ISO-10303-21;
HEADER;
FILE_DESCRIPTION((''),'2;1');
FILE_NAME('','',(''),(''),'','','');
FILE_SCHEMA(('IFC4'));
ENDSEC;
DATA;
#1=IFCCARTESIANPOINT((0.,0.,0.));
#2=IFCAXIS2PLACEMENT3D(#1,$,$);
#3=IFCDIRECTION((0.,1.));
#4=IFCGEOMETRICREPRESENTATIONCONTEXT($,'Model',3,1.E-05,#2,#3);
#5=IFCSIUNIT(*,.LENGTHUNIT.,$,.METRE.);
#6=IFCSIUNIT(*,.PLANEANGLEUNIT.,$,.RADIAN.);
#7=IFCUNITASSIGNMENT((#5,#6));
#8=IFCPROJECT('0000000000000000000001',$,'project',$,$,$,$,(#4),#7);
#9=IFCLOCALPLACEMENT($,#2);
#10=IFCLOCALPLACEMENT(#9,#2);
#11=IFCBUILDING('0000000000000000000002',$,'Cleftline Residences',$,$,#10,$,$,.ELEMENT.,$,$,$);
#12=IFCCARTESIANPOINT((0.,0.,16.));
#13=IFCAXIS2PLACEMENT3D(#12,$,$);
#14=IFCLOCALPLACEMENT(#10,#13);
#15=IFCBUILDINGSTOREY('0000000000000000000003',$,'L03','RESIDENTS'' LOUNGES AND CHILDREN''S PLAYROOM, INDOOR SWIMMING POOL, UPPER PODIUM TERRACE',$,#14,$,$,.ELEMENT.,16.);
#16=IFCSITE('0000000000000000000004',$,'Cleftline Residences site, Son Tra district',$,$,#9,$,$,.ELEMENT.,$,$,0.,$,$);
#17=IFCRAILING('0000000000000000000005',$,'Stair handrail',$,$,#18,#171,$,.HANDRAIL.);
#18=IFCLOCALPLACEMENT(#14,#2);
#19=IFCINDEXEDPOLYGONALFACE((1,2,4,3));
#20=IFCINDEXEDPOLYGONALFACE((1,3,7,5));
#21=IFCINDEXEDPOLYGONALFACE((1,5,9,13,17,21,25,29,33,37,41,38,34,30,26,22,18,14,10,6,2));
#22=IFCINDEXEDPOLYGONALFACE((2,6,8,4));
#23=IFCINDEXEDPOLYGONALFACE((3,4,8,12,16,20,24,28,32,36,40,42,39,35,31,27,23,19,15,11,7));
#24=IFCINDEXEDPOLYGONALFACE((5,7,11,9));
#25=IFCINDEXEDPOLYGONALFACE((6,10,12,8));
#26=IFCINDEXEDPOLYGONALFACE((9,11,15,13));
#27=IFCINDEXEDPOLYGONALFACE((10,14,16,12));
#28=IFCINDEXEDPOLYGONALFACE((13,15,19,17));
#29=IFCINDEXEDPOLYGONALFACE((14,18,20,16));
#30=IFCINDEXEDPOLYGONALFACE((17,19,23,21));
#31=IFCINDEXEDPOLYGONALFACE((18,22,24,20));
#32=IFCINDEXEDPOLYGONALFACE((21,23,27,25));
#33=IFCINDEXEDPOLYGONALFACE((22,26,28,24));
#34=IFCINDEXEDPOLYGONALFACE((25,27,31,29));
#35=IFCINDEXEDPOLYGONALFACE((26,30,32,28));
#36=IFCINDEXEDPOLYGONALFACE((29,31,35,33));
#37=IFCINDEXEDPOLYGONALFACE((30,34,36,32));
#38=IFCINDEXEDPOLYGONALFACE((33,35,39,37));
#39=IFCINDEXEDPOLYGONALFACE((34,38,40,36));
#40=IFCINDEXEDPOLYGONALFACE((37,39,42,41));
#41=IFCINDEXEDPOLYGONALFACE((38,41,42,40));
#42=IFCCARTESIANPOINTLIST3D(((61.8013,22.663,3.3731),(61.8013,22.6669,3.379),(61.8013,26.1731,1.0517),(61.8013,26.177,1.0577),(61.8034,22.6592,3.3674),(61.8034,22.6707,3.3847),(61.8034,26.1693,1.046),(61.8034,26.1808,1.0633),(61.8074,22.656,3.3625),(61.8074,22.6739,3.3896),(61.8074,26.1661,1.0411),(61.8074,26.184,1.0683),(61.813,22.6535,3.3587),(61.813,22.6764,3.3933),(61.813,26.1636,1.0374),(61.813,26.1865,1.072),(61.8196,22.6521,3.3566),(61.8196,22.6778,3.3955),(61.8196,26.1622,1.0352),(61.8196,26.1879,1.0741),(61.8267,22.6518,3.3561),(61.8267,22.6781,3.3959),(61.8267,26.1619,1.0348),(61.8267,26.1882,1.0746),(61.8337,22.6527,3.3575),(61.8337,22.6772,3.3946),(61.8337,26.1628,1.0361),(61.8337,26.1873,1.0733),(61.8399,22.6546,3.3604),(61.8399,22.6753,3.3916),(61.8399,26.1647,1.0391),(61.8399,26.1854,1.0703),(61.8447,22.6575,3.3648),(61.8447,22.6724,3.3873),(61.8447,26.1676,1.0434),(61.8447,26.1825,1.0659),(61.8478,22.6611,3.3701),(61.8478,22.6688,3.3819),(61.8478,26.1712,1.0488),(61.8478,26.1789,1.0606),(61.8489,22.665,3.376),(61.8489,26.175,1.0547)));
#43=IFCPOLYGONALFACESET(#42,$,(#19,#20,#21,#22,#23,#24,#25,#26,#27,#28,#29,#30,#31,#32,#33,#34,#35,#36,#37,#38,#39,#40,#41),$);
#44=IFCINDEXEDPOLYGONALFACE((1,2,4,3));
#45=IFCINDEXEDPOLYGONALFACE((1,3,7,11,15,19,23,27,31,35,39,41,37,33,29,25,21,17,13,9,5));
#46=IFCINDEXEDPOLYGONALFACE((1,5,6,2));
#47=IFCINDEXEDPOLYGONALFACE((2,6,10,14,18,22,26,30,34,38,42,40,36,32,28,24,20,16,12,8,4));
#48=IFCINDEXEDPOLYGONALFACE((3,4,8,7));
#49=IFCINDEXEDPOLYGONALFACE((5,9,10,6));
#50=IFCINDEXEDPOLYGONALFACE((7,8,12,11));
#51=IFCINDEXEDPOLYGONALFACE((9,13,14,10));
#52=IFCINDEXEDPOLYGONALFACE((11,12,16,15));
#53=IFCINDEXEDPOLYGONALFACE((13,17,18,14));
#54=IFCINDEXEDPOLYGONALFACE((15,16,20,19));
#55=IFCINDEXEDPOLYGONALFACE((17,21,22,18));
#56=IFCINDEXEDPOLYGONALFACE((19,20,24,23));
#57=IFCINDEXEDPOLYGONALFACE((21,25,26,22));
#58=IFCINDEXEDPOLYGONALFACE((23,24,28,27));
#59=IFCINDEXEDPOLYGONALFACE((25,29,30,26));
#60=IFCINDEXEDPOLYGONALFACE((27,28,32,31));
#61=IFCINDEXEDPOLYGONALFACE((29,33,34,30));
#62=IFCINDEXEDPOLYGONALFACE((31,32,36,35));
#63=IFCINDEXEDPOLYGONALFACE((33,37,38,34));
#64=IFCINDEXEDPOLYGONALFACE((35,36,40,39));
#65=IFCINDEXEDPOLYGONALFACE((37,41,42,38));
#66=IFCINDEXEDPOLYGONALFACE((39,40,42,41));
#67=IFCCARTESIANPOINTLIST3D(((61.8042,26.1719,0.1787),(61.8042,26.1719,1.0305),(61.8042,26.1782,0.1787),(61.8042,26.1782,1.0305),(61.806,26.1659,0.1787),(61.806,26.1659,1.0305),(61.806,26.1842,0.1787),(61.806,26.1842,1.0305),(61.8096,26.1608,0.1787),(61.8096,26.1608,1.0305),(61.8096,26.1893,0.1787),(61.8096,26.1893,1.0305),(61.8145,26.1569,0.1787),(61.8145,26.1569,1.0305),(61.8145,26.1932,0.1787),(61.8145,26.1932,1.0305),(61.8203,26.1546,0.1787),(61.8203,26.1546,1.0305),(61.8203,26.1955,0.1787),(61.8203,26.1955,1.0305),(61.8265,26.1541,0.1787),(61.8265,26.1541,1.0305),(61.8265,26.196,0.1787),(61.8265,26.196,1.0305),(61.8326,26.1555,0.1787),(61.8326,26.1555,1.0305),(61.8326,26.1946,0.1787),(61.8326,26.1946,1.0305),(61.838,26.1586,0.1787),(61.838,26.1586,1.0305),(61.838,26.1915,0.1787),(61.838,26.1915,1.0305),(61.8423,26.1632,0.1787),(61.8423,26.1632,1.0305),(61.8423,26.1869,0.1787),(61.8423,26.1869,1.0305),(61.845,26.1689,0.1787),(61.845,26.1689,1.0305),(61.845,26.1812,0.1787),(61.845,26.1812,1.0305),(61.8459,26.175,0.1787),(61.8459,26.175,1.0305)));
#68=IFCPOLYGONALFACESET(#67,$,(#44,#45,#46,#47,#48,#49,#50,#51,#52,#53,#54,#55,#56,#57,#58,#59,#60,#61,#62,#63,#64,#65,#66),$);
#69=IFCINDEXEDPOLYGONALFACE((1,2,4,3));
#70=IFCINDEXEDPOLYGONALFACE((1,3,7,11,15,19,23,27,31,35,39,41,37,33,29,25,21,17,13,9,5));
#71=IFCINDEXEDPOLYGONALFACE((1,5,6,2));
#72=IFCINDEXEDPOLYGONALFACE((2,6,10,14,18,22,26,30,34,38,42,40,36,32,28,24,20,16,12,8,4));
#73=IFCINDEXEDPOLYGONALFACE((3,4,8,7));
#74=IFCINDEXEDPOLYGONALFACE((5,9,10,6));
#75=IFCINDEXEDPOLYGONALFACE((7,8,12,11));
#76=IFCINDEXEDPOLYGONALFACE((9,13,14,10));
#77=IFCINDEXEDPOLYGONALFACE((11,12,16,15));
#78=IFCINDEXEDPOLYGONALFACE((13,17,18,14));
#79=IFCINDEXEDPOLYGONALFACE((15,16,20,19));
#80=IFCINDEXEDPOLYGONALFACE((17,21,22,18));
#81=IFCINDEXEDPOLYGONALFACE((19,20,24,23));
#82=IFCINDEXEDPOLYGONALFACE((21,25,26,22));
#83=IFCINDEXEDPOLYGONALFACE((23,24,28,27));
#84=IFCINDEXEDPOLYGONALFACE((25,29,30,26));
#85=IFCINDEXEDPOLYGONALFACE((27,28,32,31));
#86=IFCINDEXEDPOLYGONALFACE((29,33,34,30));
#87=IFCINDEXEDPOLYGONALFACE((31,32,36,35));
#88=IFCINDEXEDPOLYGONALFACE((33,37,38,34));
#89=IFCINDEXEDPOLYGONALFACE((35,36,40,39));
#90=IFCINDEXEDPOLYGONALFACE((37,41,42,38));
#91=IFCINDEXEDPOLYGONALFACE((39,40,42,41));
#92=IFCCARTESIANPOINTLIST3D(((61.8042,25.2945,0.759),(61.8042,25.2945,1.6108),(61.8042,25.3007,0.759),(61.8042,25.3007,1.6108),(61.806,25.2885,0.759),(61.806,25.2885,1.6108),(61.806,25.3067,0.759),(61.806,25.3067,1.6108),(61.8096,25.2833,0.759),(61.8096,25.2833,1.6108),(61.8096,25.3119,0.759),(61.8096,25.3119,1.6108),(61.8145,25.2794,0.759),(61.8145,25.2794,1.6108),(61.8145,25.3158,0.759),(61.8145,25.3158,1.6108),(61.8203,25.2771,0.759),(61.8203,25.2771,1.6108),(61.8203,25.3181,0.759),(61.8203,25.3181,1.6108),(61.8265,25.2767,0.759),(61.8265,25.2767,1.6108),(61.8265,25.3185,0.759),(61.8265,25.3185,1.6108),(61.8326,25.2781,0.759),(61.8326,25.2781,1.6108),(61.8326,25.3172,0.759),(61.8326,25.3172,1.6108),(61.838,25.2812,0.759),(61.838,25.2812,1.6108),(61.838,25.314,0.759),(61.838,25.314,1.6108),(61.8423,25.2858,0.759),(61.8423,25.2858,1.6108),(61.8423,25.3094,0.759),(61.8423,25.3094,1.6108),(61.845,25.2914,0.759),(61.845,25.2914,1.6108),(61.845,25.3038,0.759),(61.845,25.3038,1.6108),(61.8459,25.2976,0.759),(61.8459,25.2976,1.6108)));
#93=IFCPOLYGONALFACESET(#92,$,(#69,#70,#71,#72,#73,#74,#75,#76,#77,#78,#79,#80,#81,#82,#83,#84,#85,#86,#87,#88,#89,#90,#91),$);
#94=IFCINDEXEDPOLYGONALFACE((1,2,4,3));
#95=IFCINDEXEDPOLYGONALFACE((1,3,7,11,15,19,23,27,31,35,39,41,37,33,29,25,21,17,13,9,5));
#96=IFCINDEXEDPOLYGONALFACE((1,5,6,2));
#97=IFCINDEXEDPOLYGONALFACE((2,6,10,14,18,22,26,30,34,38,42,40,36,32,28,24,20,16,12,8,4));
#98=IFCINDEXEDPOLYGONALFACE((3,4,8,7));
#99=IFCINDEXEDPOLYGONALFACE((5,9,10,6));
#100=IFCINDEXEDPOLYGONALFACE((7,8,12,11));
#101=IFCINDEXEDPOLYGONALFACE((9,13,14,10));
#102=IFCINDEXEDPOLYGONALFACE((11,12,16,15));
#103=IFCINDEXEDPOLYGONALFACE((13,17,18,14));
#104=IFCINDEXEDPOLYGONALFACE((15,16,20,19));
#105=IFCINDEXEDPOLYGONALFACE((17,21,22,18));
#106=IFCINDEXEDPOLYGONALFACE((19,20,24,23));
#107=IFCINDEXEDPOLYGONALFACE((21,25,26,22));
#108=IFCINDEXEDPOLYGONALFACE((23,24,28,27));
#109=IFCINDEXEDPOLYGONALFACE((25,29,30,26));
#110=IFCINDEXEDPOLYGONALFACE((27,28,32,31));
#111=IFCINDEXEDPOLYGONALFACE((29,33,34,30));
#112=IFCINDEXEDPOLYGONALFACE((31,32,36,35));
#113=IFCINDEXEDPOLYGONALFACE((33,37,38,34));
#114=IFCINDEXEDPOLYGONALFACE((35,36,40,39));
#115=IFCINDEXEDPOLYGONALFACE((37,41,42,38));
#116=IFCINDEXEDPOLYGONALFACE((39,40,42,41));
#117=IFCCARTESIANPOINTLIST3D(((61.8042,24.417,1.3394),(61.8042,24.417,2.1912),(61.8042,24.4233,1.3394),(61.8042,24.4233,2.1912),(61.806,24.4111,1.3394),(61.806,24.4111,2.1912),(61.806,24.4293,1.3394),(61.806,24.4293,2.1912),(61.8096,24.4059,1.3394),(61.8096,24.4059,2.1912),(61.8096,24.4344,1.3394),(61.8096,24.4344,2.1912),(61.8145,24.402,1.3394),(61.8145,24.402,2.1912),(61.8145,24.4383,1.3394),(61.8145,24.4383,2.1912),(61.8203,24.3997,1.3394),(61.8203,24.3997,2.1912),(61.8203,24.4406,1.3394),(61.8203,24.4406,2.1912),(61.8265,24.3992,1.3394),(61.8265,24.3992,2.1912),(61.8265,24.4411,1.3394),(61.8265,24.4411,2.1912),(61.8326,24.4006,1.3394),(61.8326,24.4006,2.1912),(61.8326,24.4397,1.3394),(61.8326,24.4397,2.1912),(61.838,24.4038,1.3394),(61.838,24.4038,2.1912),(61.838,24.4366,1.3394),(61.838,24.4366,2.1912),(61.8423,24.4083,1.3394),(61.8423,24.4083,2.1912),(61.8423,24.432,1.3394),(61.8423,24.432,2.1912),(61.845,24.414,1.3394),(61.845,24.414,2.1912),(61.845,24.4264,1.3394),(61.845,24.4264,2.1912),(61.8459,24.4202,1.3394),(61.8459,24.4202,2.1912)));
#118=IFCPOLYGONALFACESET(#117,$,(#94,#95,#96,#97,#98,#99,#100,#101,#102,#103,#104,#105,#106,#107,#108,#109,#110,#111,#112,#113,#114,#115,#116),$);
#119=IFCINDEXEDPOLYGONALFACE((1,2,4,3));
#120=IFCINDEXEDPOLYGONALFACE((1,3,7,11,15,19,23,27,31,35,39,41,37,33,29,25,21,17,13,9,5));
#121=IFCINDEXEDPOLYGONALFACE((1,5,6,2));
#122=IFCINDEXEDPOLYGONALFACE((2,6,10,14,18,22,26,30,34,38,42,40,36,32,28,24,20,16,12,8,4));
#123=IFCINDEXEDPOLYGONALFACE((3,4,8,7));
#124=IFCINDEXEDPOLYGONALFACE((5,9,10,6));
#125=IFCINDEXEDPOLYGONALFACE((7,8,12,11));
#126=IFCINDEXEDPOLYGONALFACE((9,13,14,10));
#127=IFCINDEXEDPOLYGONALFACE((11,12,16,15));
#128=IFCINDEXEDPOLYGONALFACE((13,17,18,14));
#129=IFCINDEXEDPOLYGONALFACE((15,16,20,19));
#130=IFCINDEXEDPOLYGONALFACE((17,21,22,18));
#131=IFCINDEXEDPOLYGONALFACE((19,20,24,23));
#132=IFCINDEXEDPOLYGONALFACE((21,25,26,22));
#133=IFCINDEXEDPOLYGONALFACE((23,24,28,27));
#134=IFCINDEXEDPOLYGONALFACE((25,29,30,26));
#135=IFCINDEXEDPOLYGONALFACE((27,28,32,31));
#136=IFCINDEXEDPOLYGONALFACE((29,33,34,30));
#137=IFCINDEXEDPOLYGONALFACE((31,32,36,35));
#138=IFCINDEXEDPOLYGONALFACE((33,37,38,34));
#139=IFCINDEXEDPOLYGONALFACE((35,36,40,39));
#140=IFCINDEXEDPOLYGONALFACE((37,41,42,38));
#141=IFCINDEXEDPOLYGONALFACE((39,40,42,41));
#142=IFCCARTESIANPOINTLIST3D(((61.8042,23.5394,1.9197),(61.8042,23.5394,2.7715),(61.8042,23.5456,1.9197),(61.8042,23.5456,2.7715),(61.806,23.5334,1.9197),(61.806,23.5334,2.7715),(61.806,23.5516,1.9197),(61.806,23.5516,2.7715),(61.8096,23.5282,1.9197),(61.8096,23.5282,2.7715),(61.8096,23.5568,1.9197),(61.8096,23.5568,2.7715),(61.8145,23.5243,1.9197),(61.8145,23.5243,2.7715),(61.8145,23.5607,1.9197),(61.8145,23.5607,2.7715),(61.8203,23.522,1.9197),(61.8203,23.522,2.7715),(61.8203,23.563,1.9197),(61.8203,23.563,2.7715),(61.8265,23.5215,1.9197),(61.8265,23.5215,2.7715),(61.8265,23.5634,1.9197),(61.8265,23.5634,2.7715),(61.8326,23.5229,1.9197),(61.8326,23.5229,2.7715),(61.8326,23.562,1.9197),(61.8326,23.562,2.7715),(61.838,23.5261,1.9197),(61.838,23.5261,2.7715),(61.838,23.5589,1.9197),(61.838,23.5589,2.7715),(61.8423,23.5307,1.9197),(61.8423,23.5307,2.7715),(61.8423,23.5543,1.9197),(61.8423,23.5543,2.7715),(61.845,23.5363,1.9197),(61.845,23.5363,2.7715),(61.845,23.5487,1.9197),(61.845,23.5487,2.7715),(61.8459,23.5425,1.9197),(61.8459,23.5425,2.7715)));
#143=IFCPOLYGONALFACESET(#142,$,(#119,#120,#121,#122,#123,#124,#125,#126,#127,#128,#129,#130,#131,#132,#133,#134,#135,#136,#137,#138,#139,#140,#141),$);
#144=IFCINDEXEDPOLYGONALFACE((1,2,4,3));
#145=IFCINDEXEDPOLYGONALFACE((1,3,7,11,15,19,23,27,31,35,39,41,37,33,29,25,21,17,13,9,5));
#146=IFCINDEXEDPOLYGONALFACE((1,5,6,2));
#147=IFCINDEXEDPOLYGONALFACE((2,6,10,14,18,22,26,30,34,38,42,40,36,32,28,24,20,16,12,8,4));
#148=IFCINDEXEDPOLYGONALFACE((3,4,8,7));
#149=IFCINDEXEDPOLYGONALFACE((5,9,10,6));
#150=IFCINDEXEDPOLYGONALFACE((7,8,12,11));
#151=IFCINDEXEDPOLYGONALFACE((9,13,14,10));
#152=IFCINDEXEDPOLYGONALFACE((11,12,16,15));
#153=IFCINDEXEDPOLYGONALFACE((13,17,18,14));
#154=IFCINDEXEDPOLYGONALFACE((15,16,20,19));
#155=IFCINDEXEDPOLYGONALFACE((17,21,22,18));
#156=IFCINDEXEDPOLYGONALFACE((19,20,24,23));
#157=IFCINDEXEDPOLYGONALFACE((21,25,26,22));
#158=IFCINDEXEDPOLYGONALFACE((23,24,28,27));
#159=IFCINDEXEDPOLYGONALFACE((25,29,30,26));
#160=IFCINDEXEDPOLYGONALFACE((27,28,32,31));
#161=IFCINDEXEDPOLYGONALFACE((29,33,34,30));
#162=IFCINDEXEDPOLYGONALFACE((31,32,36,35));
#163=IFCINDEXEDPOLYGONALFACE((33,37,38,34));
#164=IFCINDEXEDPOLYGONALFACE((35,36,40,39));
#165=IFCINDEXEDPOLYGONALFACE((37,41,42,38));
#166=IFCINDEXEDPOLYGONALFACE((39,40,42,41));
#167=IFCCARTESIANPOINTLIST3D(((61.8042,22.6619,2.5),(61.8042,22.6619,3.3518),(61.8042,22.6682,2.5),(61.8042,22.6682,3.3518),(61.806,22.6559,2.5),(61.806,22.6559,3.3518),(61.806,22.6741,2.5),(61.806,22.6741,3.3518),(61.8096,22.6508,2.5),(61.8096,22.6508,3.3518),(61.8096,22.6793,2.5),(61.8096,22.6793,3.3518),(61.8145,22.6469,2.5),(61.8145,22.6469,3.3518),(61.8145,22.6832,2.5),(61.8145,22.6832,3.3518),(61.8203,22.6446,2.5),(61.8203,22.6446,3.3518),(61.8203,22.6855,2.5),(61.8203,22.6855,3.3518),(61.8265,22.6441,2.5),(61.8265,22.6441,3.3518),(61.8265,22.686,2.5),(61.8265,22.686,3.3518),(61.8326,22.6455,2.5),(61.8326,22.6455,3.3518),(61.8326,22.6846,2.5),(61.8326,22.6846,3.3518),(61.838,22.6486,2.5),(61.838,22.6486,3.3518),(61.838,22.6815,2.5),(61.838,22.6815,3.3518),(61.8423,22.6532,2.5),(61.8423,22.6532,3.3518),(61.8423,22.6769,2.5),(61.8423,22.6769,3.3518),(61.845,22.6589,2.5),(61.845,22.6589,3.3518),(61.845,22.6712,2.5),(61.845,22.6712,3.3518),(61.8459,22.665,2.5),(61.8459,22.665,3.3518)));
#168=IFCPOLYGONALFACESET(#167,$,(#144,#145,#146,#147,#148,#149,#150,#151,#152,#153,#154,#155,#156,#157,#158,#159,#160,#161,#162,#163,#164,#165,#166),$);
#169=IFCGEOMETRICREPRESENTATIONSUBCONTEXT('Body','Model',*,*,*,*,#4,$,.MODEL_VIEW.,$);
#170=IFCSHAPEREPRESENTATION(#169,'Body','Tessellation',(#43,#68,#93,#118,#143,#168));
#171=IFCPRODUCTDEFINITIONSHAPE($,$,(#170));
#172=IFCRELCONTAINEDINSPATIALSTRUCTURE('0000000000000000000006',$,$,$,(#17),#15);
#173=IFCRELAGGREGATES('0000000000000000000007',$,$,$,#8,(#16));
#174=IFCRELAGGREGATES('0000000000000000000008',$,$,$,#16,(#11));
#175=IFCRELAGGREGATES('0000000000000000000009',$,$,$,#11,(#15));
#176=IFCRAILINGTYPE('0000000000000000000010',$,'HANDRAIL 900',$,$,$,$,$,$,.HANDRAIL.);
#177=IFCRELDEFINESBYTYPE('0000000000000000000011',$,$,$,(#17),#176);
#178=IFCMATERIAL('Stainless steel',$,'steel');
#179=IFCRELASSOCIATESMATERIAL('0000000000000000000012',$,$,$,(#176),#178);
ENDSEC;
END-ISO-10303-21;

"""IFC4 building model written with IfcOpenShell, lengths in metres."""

from ifc_helpers import new_model, si_unit, direction, frame, origin, origin_2d, place, context, subcontext, project, spatial, circle, extrude, material, type_object, element, save


model = new_model("IFC4")

# Units and contexts
model_context = context("Model", 3, precision=1e-05, world=origin(), true_north=direction((0.0, 1.0)))
body_context = subcontext(model_context, "Body", "Model", "MODEL_VIEW")
ifc_project = project(units=[si_unit("LENGTHUNIT", "METRE"), si_unit("PLANEANGLEUNIT", "RADIAN")], contexts=[model_context])

# Site, building, storey
site_placement = place(None, origin())
site = spatial("IfcSite", under=ifc_project, at=site_placement, Name="Cleftline Residences site, Son Tra district", CompositionType="ELEMENT", RefElevation=0.0)
building_placement = place(site_placement, origin())
building = spatial("IfcBuilding", under=site, at=building_placement, Name="Cleftline Residences", CompositionType="ELEMENT")
storey_placement = place(building_placement, frame((0.0, 0.0, 16.0)))
storey = spatial("IfcBuildingStorey", under=building, at=storey_placement, Name="L03", Description="RESIDENTS' LOUNGES AND CHILDREN'S PLAYROOM, INDOOR SWIMMING POOL, UPPER PODIUM TERRACE", CompositionType="ELEMENT", Elevation=16.0)

# Railing
ifc_material_1 = material(Name="Stainless steel", Category="steel")
railing_type = type_object("IfcRailingType", Name="HANDRAIL 900", PredefinedType="HANDRAIL", material=ifc_material_1)
railing_1_placement = place(storey_placement, frame((61.825, 26.175, 0.1787)))
element("IfcRailing", 1, at=railing_1_placement, inside=storey, type_object=railing_type, Name="Stair handrail", PredefinedType="HANDRAIL", context=body_context, shape_type="SweptSolid", body=[
    extrude(circle(Radius=0.0239, at=origin_2d()), frame((0.0, 0.0, 0.876), z_axis=(0.0, -0.834097, 0.551617), x_axis=(1.0, 0.0, 0.0)), (0.0, 0.0, 1.0), 4.2083),
    extrude(circle(Radius=0.021, at=origin_2d()), origin(), (0.0, 0.0, 1.0), 0.8518),
    extrude(circle(Radius=0.021, at=origin_2d()), frame((0.0, -0.8774, 0.5803)), (0.0, 0.0, 1.0), 0.8518),
    extrude(circle(Radius=0.021, at=origin_2d()), frame((0.0, -1.7549, 1.1606)), (0.0, 0.0, 1.0), 0.8518),
    extrude(circle(Radius=0.021, at=origin_2d()), frame((0.0, -2.6326, 1.741)), (0.0, 0.0, 1.0), 0.8518),
    extrude(circle(Radius=0.021, at=origin_2d()), frame((0.0, -3.51, 2.3213)), (0.0, 0.0, 1.0), 0.8518),
])

save(model, "model.ifc")
